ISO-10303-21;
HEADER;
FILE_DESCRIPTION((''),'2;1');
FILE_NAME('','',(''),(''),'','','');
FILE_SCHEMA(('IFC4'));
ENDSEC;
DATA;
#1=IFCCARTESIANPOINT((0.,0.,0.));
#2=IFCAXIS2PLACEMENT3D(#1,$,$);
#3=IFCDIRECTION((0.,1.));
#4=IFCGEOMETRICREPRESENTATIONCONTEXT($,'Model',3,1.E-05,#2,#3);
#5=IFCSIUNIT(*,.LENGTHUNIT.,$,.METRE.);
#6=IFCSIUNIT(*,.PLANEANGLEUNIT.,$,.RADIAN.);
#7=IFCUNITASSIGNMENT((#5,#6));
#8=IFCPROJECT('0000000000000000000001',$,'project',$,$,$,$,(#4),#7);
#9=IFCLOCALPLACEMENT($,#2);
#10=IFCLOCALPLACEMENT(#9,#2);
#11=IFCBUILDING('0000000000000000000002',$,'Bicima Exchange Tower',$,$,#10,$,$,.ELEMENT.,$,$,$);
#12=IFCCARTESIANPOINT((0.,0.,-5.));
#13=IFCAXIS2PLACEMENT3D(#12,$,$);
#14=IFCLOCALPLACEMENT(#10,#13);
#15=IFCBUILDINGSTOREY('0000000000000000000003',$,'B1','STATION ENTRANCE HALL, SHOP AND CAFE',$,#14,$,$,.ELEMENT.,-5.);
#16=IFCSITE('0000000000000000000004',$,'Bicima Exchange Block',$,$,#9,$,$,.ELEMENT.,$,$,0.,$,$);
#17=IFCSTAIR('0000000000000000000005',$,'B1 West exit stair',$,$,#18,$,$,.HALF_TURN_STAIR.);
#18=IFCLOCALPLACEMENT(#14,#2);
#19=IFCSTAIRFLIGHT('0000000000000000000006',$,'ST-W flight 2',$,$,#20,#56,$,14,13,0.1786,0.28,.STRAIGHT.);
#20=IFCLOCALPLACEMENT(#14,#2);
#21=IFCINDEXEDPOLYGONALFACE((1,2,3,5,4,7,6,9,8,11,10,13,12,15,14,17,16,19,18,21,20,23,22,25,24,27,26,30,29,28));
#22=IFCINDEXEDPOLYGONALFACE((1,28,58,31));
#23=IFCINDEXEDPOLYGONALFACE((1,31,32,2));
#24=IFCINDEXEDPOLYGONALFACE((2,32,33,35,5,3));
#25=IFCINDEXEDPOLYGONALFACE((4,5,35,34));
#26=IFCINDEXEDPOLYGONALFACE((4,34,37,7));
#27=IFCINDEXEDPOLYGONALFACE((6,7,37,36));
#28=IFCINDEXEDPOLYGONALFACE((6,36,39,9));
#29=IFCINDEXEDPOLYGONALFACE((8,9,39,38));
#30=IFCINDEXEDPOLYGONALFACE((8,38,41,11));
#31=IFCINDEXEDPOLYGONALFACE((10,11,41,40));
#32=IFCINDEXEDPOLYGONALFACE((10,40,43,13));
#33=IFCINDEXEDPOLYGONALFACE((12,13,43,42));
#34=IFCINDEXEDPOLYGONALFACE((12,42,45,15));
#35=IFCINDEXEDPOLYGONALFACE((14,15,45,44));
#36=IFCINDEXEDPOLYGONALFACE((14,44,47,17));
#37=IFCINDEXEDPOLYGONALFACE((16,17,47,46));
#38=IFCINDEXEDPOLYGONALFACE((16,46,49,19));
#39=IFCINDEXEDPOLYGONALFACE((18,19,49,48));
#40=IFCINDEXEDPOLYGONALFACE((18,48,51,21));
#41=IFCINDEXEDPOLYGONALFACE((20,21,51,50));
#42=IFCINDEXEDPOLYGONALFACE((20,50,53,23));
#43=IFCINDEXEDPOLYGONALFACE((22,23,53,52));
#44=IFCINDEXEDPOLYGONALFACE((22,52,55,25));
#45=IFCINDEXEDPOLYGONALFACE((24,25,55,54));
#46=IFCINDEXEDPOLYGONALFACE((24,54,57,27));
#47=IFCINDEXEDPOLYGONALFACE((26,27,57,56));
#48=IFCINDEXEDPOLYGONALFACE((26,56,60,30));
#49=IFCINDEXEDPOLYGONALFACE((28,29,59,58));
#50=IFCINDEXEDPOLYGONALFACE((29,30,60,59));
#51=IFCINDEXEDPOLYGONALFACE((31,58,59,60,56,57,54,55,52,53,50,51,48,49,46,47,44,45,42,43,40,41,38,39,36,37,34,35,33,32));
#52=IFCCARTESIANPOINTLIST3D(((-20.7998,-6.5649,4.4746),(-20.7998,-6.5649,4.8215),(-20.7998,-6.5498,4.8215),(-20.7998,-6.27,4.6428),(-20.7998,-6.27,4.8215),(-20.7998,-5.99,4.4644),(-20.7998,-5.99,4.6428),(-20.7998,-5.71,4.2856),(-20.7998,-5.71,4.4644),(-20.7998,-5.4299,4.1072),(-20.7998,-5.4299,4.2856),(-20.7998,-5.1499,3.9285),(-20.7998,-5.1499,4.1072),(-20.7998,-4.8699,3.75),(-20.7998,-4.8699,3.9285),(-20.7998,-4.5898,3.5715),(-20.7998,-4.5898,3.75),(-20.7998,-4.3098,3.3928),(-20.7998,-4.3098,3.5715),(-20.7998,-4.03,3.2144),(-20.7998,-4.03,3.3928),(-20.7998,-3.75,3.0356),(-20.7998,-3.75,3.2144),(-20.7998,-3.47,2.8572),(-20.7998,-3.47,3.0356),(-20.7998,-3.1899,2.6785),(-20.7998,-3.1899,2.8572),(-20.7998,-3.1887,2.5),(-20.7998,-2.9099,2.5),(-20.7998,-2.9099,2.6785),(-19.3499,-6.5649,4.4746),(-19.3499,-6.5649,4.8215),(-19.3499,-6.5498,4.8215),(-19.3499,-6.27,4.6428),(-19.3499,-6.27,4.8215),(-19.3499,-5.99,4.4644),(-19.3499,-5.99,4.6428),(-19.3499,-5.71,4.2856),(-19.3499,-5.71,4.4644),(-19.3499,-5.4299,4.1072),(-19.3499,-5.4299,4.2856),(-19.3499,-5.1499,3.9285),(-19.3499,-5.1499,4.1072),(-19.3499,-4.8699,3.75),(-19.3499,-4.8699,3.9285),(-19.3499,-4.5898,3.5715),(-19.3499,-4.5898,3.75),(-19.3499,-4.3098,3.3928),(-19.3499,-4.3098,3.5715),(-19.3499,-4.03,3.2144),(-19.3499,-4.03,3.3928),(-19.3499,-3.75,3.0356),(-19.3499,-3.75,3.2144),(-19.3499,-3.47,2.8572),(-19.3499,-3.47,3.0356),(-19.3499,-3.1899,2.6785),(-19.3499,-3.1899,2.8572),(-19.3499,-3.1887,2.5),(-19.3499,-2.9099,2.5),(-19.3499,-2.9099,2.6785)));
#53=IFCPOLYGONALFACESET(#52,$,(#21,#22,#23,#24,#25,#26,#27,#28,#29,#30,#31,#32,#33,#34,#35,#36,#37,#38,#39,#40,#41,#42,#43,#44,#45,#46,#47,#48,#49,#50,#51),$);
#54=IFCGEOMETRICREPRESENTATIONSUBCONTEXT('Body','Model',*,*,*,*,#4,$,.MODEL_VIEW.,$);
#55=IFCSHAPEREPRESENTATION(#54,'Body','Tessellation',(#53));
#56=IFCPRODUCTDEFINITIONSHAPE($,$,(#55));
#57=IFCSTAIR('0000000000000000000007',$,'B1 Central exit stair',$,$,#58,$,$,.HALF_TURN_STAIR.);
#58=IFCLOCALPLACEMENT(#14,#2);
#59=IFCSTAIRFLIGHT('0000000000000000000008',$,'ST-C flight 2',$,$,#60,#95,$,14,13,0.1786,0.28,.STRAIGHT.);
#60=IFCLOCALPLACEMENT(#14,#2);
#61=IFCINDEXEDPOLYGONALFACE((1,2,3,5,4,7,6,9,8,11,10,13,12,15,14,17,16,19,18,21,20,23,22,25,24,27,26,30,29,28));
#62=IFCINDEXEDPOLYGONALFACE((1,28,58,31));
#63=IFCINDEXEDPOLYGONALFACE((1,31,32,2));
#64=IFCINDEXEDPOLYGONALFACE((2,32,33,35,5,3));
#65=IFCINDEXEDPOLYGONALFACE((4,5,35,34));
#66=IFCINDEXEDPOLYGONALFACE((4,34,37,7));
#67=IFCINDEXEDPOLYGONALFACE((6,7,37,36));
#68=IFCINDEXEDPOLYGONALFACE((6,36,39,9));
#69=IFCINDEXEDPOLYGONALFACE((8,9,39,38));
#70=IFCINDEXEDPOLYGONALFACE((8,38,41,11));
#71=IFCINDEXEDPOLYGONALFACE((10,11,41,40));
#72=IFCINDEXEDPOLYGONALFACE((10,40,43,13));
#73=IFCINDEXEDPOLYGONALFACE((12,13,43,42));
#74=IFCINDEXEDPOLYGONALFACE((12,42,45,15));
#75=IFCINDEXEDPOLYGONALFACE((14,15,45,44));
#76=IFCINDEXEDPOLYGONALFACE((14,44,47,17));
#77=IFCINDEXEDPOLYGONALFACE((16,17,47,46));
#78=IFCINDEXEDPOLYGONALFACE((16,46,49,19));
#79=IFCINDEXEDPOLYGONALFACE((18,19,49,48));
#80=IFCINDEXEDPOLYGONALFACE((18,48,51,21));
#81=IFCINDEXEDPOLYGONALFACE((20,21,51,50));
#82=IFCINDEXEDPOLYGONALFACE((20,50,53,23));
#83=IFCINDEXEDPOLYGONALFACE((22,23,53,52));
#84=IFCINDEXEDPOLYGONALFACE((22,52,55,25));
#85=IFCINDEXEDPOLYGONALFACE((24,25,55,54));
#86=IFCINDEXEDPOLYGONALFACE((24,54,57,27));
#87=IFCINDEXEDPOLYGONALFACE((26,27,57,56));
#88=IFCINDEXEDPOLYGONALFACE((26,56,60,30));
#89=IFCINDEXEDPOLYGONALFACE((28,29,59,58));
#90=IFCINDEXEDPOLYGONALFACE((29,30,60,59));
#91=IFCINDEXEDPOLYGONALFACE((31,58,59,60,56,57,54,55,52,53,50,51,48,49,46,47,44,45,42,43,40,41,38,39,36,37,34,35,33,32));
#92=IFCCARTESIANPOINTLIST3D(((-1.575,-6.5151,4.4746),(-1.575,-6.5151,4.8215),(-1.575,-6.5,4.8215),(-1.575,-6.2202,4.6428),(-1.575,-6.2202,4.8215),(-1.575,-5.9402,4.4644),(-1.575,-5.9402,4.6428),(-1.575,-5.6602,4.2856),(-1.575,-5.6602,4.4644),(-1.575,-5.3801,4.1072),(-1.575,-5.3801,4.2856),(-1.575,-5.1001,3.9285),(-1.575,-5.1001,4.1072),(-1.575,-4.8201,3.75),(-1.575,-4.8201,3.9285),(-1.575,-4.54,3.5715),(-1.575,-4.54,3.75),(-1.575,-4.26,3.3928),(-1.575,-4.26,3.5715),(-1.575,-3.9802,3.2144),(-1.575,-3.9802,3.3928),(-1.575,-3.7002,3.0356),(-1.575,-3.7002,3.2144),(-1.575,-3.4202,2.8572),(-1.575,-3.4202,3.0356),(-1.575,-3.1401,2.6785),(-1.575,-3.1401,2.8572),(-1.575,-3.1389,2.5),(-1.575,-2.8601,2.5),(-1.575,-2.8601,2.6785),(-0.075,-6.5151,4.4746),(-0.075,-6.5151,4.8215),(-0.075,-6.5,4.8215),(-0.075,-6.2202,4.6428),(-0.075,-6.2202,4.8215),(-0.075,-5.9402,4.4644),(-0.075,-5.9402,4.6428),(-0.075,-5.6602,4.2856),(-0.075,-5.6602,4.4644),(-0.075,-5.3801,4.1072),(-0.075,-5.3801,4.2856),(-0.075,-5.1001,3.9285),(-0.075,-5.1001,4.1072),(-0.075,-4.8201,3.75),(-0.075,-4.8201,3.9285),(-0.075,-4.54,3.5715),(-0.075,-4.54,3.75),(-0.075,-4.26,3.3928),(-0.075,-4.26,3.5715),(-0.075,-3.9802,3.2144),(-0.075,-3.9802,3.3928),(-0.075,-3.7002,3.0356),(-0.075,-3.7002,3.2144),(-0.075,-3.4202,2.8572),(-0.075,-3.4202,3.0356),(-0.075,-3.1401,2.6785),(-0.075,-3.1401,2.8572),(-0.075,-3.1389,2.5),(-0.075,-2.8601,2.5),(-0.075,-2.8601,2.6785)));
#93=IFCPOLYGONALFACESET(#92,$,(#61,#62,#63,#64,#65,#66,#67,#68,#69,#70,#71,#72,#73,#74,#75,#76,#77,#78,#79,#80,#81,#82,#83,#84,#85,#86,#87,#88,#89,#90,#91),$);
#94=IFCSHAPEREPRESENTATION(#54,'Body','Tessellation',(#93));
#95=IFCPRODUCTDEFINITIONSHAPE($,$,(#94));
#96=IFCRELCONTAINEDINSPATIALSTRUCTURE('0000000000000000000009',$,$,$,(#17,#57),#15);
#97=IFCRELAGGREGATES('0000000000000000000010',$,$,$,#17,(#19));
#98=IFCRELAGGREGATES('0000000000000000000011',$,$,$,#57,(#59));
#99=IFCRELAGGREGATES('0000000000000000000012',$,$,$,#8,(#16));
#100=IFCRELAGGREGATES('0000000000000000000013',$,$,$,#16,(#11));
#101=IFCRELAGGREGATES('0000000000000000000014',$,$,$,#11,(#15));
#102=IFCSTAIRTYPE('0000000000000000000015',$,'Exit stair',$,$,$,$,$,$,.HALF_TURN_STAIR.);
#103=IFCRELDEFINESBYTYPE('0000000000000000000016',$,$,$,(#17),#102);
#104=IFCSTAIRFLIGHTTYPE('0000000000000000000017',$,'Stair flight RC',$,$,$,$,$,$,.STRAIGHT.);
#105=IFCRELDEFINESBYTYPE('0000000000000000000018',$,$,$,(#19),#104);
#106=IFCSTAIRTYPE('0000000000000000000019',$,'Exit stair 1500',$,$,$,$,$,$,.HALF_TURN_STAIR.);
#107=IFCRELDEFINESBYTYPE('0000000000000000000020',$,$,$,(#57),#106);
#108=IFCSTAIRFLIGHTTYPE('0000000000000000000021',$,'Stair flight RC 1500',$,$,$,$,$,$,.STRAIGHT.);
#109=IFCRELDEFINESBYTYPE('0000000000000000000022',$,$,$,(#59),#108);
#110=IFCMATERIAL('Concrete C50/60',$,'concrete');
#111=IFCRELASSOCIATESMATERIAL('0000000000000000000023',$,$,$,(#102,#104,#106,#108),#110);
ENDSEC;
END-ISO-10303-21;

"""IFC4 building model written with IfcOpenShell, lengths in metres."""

from ifc_helpers import new_model, si_unit, direction, frame, origin, place, context, subcontext, project, spatial, polyline, outline, extrude, material, type_object, element, aggregate, save


model = new_model("IFC4")

# Units and contexts
model_context = context("Model", 3, precision=1e-05, world=origin(), true_north=direction((0.0, 1.0)))
body_context = subcontext(model_context, "Body", "Model", "MODEL_VIEW")
ifc_project = project(units=[si_unit("LENGTHUNIT", "METRE"), si_unit("PLANEANGLEUNIT", "RADIAN")], contexts=[model_context])

# Site, building, storey
site_placement = place(None, origin())
site = spatial("IfcSite", under=ifc_project, at=site_placement, Name="Bicima Exchange Block", CompositionType="ELEMENT", RefElevation=0.0)
building_placement = place(site_placement, origin())
building = spatial("IfcBuilding", under=site, at=building_placement, Name="Bicima Exchange Tower", CompositionType="ELEMENT")
storey_placement = place(building_placement, frame((0.0, 0.0, -5.0)))
storey = spatial("IfcBuildingStorey", under=building, at=storey_placement, Name="B1", Description="STATION ENTRANCE HALL, SHOP AND CAFE", CompositionType="ELEMENT", Elevation=-5.0)

# Stairs, stair flights
ifc_material_1 = material(Name="Concrete C50/60", Category="concrete")
stair_type_1 = type_object("IfcStairType", Name="Exit stair", PredefinedType="HALF_TURN_STAIR", material=ifc_material_1)
stair_1_placement = place(storey_placement, origin())
stair_1 = element("IfcStair", 1, at=stair_1_placement, inside=storey, type_object=stair_type_1, Name="B1 West exit stair", PredefinedType="HALF_TURN_STAIR")
stair_flight_type_1 = type_object("IfcStairFlightType", Name="Stair flight RC", PredefinedType="STRAIGHT", material=ifc_material_1)
stair_flight_1_placement = place(storey_placement, frame((-20.075, -2.9099, 2.5), z_axis=(0.0, 0.0, 1.0), x_axis=(0.0, -1.0, 0.0)))
stair_flight_1 = element("IfcStairFlight", 2, at=stair_flight_1_placement, type_object=stair_flight_type_1, Name="ST-W flight 2", NumberOfRisers=14, NumberOfTreads=13, PredefinedType="STRAIGHT", RiserHeight=0.1786, TreadLength=0.28, context=body_context, shape_type="SweptSolid", body=[
    extrude(outline(polyline([(0.0, 0.0), (0.0, 0.1785), (0.28, 0.1785), (0.28, 0.3572), (0.5601, 0.3572), (0.5601, 0.5356), (0.8401, 0.5356), (0.8401, 0.7144), (1.1201, 0.7144), (1.1201, 0.8928), (1.3999, 0.8928), (1.3999, 1.0715), (1.6799, 1.0715), (1.6799, 1.25), (1.96, 1.25), (1.96, 1.4285), (2.24, 1.4285), (2.24, 1.6072), (2.52, 1.6072), (2.52, 1.7856), (2.8, 1.7856), (2.8, 1.9644), (3.0801, 1.9644), (3.0801, 2.1428), (3.3601, 2.1428), (3.3601, 2.3215), (3.6399, 2.3215), (3.655, 2.3215), (3.655, 1.9746), (0.2788, 0.0), (0.0, 0.0)])), frame((0.0, 0.7251, 0.0), z_axis=(0.0, -1.0, 0.0), x_axis=(1.0, 0.0, 0.0)), (0.0, 0.0, 1.0), 1.45),
])
aggregate(stair_1, [stair_flight_1])
stair_type_2 = type_object("IfcStairType", Name="Exit stair 1500", PredefinedType="HALF_TURN_STAIR", material=ifc_material_1)
stair_2_placement = place(storey_placement, origin())
stair_2 = element("IfcStair", 3, at=stair_2_placement, inside=storey, type_object=stair_type_2, Name="B1 Central exit stair", PredefinedType="HALF_TURN_STAIR")
stair_flight_type_2 = type_object("IfcStairFlightType", Name="Stair flight RC 1500", PredefinedType="STRAIGHT", material=ifc_material_1)
stair_flight_2_placement = place(storey_placement, frame((-0.825, -2.8601, 2.5), z_axis=(0.0, 0.0, 1.0), x_axis=(0.0, -1.0, 0.0)))
stair_flight_2 = element("IfcStairFlight", 4, at=stair_flight_2_placement, type_object=stair_flight_type_2, Name="ST-C flight 2", NumberOfRisers=14, NumberOfTreads=13, PredefinedType="STRAIGHT", RiserHeight=0.1786, TreadLength=0.28, context=body_context, shape_type="SweptSolid", body=[
    extrude(outline(polyline([(0.0, 0.0), (0.0, 0.1785), (0.28, 0.1785), (0.28, 0.3572), (0.5601, 0.3572), (0.5601, 0.5356), (0.8401, 0.5356), (0.8401, 0.7144), (1.1201, 0.7144), (1.1201, 0.8928), (1.3999, 0.8928), (1.3999, 1.0715), (1.6799, 1.0715), (1.6799, 1.25), (1.96, 1.25), (1.96, 1.4285), (2.24, 1.4285), (2.24, 1.6072), (2.52, 1.6072), (2.52, 1.7856), (2.8, 1.7856), (2.8, 1.9644), (3.0801, 1.9644), (3.0801, 2.1428), (3.3601, 2.1428), (3.3601, 2.3215), (3.6399, 2.3215), (3.655, 2.3215), (3.655, 1.9746), (0.2788, 0.0), (0.0, 0.0)])), frame((0.0, 0.75, 0.0), z_axis=(0.0, -1.0, 0.0), x_axis=(1.0, 0.0, 0.0)), (0.0, 0.0, 1.0), 1.5),
])
aggregate(stair_2, [stair_flight_2])

save(model, "model.ifc")
